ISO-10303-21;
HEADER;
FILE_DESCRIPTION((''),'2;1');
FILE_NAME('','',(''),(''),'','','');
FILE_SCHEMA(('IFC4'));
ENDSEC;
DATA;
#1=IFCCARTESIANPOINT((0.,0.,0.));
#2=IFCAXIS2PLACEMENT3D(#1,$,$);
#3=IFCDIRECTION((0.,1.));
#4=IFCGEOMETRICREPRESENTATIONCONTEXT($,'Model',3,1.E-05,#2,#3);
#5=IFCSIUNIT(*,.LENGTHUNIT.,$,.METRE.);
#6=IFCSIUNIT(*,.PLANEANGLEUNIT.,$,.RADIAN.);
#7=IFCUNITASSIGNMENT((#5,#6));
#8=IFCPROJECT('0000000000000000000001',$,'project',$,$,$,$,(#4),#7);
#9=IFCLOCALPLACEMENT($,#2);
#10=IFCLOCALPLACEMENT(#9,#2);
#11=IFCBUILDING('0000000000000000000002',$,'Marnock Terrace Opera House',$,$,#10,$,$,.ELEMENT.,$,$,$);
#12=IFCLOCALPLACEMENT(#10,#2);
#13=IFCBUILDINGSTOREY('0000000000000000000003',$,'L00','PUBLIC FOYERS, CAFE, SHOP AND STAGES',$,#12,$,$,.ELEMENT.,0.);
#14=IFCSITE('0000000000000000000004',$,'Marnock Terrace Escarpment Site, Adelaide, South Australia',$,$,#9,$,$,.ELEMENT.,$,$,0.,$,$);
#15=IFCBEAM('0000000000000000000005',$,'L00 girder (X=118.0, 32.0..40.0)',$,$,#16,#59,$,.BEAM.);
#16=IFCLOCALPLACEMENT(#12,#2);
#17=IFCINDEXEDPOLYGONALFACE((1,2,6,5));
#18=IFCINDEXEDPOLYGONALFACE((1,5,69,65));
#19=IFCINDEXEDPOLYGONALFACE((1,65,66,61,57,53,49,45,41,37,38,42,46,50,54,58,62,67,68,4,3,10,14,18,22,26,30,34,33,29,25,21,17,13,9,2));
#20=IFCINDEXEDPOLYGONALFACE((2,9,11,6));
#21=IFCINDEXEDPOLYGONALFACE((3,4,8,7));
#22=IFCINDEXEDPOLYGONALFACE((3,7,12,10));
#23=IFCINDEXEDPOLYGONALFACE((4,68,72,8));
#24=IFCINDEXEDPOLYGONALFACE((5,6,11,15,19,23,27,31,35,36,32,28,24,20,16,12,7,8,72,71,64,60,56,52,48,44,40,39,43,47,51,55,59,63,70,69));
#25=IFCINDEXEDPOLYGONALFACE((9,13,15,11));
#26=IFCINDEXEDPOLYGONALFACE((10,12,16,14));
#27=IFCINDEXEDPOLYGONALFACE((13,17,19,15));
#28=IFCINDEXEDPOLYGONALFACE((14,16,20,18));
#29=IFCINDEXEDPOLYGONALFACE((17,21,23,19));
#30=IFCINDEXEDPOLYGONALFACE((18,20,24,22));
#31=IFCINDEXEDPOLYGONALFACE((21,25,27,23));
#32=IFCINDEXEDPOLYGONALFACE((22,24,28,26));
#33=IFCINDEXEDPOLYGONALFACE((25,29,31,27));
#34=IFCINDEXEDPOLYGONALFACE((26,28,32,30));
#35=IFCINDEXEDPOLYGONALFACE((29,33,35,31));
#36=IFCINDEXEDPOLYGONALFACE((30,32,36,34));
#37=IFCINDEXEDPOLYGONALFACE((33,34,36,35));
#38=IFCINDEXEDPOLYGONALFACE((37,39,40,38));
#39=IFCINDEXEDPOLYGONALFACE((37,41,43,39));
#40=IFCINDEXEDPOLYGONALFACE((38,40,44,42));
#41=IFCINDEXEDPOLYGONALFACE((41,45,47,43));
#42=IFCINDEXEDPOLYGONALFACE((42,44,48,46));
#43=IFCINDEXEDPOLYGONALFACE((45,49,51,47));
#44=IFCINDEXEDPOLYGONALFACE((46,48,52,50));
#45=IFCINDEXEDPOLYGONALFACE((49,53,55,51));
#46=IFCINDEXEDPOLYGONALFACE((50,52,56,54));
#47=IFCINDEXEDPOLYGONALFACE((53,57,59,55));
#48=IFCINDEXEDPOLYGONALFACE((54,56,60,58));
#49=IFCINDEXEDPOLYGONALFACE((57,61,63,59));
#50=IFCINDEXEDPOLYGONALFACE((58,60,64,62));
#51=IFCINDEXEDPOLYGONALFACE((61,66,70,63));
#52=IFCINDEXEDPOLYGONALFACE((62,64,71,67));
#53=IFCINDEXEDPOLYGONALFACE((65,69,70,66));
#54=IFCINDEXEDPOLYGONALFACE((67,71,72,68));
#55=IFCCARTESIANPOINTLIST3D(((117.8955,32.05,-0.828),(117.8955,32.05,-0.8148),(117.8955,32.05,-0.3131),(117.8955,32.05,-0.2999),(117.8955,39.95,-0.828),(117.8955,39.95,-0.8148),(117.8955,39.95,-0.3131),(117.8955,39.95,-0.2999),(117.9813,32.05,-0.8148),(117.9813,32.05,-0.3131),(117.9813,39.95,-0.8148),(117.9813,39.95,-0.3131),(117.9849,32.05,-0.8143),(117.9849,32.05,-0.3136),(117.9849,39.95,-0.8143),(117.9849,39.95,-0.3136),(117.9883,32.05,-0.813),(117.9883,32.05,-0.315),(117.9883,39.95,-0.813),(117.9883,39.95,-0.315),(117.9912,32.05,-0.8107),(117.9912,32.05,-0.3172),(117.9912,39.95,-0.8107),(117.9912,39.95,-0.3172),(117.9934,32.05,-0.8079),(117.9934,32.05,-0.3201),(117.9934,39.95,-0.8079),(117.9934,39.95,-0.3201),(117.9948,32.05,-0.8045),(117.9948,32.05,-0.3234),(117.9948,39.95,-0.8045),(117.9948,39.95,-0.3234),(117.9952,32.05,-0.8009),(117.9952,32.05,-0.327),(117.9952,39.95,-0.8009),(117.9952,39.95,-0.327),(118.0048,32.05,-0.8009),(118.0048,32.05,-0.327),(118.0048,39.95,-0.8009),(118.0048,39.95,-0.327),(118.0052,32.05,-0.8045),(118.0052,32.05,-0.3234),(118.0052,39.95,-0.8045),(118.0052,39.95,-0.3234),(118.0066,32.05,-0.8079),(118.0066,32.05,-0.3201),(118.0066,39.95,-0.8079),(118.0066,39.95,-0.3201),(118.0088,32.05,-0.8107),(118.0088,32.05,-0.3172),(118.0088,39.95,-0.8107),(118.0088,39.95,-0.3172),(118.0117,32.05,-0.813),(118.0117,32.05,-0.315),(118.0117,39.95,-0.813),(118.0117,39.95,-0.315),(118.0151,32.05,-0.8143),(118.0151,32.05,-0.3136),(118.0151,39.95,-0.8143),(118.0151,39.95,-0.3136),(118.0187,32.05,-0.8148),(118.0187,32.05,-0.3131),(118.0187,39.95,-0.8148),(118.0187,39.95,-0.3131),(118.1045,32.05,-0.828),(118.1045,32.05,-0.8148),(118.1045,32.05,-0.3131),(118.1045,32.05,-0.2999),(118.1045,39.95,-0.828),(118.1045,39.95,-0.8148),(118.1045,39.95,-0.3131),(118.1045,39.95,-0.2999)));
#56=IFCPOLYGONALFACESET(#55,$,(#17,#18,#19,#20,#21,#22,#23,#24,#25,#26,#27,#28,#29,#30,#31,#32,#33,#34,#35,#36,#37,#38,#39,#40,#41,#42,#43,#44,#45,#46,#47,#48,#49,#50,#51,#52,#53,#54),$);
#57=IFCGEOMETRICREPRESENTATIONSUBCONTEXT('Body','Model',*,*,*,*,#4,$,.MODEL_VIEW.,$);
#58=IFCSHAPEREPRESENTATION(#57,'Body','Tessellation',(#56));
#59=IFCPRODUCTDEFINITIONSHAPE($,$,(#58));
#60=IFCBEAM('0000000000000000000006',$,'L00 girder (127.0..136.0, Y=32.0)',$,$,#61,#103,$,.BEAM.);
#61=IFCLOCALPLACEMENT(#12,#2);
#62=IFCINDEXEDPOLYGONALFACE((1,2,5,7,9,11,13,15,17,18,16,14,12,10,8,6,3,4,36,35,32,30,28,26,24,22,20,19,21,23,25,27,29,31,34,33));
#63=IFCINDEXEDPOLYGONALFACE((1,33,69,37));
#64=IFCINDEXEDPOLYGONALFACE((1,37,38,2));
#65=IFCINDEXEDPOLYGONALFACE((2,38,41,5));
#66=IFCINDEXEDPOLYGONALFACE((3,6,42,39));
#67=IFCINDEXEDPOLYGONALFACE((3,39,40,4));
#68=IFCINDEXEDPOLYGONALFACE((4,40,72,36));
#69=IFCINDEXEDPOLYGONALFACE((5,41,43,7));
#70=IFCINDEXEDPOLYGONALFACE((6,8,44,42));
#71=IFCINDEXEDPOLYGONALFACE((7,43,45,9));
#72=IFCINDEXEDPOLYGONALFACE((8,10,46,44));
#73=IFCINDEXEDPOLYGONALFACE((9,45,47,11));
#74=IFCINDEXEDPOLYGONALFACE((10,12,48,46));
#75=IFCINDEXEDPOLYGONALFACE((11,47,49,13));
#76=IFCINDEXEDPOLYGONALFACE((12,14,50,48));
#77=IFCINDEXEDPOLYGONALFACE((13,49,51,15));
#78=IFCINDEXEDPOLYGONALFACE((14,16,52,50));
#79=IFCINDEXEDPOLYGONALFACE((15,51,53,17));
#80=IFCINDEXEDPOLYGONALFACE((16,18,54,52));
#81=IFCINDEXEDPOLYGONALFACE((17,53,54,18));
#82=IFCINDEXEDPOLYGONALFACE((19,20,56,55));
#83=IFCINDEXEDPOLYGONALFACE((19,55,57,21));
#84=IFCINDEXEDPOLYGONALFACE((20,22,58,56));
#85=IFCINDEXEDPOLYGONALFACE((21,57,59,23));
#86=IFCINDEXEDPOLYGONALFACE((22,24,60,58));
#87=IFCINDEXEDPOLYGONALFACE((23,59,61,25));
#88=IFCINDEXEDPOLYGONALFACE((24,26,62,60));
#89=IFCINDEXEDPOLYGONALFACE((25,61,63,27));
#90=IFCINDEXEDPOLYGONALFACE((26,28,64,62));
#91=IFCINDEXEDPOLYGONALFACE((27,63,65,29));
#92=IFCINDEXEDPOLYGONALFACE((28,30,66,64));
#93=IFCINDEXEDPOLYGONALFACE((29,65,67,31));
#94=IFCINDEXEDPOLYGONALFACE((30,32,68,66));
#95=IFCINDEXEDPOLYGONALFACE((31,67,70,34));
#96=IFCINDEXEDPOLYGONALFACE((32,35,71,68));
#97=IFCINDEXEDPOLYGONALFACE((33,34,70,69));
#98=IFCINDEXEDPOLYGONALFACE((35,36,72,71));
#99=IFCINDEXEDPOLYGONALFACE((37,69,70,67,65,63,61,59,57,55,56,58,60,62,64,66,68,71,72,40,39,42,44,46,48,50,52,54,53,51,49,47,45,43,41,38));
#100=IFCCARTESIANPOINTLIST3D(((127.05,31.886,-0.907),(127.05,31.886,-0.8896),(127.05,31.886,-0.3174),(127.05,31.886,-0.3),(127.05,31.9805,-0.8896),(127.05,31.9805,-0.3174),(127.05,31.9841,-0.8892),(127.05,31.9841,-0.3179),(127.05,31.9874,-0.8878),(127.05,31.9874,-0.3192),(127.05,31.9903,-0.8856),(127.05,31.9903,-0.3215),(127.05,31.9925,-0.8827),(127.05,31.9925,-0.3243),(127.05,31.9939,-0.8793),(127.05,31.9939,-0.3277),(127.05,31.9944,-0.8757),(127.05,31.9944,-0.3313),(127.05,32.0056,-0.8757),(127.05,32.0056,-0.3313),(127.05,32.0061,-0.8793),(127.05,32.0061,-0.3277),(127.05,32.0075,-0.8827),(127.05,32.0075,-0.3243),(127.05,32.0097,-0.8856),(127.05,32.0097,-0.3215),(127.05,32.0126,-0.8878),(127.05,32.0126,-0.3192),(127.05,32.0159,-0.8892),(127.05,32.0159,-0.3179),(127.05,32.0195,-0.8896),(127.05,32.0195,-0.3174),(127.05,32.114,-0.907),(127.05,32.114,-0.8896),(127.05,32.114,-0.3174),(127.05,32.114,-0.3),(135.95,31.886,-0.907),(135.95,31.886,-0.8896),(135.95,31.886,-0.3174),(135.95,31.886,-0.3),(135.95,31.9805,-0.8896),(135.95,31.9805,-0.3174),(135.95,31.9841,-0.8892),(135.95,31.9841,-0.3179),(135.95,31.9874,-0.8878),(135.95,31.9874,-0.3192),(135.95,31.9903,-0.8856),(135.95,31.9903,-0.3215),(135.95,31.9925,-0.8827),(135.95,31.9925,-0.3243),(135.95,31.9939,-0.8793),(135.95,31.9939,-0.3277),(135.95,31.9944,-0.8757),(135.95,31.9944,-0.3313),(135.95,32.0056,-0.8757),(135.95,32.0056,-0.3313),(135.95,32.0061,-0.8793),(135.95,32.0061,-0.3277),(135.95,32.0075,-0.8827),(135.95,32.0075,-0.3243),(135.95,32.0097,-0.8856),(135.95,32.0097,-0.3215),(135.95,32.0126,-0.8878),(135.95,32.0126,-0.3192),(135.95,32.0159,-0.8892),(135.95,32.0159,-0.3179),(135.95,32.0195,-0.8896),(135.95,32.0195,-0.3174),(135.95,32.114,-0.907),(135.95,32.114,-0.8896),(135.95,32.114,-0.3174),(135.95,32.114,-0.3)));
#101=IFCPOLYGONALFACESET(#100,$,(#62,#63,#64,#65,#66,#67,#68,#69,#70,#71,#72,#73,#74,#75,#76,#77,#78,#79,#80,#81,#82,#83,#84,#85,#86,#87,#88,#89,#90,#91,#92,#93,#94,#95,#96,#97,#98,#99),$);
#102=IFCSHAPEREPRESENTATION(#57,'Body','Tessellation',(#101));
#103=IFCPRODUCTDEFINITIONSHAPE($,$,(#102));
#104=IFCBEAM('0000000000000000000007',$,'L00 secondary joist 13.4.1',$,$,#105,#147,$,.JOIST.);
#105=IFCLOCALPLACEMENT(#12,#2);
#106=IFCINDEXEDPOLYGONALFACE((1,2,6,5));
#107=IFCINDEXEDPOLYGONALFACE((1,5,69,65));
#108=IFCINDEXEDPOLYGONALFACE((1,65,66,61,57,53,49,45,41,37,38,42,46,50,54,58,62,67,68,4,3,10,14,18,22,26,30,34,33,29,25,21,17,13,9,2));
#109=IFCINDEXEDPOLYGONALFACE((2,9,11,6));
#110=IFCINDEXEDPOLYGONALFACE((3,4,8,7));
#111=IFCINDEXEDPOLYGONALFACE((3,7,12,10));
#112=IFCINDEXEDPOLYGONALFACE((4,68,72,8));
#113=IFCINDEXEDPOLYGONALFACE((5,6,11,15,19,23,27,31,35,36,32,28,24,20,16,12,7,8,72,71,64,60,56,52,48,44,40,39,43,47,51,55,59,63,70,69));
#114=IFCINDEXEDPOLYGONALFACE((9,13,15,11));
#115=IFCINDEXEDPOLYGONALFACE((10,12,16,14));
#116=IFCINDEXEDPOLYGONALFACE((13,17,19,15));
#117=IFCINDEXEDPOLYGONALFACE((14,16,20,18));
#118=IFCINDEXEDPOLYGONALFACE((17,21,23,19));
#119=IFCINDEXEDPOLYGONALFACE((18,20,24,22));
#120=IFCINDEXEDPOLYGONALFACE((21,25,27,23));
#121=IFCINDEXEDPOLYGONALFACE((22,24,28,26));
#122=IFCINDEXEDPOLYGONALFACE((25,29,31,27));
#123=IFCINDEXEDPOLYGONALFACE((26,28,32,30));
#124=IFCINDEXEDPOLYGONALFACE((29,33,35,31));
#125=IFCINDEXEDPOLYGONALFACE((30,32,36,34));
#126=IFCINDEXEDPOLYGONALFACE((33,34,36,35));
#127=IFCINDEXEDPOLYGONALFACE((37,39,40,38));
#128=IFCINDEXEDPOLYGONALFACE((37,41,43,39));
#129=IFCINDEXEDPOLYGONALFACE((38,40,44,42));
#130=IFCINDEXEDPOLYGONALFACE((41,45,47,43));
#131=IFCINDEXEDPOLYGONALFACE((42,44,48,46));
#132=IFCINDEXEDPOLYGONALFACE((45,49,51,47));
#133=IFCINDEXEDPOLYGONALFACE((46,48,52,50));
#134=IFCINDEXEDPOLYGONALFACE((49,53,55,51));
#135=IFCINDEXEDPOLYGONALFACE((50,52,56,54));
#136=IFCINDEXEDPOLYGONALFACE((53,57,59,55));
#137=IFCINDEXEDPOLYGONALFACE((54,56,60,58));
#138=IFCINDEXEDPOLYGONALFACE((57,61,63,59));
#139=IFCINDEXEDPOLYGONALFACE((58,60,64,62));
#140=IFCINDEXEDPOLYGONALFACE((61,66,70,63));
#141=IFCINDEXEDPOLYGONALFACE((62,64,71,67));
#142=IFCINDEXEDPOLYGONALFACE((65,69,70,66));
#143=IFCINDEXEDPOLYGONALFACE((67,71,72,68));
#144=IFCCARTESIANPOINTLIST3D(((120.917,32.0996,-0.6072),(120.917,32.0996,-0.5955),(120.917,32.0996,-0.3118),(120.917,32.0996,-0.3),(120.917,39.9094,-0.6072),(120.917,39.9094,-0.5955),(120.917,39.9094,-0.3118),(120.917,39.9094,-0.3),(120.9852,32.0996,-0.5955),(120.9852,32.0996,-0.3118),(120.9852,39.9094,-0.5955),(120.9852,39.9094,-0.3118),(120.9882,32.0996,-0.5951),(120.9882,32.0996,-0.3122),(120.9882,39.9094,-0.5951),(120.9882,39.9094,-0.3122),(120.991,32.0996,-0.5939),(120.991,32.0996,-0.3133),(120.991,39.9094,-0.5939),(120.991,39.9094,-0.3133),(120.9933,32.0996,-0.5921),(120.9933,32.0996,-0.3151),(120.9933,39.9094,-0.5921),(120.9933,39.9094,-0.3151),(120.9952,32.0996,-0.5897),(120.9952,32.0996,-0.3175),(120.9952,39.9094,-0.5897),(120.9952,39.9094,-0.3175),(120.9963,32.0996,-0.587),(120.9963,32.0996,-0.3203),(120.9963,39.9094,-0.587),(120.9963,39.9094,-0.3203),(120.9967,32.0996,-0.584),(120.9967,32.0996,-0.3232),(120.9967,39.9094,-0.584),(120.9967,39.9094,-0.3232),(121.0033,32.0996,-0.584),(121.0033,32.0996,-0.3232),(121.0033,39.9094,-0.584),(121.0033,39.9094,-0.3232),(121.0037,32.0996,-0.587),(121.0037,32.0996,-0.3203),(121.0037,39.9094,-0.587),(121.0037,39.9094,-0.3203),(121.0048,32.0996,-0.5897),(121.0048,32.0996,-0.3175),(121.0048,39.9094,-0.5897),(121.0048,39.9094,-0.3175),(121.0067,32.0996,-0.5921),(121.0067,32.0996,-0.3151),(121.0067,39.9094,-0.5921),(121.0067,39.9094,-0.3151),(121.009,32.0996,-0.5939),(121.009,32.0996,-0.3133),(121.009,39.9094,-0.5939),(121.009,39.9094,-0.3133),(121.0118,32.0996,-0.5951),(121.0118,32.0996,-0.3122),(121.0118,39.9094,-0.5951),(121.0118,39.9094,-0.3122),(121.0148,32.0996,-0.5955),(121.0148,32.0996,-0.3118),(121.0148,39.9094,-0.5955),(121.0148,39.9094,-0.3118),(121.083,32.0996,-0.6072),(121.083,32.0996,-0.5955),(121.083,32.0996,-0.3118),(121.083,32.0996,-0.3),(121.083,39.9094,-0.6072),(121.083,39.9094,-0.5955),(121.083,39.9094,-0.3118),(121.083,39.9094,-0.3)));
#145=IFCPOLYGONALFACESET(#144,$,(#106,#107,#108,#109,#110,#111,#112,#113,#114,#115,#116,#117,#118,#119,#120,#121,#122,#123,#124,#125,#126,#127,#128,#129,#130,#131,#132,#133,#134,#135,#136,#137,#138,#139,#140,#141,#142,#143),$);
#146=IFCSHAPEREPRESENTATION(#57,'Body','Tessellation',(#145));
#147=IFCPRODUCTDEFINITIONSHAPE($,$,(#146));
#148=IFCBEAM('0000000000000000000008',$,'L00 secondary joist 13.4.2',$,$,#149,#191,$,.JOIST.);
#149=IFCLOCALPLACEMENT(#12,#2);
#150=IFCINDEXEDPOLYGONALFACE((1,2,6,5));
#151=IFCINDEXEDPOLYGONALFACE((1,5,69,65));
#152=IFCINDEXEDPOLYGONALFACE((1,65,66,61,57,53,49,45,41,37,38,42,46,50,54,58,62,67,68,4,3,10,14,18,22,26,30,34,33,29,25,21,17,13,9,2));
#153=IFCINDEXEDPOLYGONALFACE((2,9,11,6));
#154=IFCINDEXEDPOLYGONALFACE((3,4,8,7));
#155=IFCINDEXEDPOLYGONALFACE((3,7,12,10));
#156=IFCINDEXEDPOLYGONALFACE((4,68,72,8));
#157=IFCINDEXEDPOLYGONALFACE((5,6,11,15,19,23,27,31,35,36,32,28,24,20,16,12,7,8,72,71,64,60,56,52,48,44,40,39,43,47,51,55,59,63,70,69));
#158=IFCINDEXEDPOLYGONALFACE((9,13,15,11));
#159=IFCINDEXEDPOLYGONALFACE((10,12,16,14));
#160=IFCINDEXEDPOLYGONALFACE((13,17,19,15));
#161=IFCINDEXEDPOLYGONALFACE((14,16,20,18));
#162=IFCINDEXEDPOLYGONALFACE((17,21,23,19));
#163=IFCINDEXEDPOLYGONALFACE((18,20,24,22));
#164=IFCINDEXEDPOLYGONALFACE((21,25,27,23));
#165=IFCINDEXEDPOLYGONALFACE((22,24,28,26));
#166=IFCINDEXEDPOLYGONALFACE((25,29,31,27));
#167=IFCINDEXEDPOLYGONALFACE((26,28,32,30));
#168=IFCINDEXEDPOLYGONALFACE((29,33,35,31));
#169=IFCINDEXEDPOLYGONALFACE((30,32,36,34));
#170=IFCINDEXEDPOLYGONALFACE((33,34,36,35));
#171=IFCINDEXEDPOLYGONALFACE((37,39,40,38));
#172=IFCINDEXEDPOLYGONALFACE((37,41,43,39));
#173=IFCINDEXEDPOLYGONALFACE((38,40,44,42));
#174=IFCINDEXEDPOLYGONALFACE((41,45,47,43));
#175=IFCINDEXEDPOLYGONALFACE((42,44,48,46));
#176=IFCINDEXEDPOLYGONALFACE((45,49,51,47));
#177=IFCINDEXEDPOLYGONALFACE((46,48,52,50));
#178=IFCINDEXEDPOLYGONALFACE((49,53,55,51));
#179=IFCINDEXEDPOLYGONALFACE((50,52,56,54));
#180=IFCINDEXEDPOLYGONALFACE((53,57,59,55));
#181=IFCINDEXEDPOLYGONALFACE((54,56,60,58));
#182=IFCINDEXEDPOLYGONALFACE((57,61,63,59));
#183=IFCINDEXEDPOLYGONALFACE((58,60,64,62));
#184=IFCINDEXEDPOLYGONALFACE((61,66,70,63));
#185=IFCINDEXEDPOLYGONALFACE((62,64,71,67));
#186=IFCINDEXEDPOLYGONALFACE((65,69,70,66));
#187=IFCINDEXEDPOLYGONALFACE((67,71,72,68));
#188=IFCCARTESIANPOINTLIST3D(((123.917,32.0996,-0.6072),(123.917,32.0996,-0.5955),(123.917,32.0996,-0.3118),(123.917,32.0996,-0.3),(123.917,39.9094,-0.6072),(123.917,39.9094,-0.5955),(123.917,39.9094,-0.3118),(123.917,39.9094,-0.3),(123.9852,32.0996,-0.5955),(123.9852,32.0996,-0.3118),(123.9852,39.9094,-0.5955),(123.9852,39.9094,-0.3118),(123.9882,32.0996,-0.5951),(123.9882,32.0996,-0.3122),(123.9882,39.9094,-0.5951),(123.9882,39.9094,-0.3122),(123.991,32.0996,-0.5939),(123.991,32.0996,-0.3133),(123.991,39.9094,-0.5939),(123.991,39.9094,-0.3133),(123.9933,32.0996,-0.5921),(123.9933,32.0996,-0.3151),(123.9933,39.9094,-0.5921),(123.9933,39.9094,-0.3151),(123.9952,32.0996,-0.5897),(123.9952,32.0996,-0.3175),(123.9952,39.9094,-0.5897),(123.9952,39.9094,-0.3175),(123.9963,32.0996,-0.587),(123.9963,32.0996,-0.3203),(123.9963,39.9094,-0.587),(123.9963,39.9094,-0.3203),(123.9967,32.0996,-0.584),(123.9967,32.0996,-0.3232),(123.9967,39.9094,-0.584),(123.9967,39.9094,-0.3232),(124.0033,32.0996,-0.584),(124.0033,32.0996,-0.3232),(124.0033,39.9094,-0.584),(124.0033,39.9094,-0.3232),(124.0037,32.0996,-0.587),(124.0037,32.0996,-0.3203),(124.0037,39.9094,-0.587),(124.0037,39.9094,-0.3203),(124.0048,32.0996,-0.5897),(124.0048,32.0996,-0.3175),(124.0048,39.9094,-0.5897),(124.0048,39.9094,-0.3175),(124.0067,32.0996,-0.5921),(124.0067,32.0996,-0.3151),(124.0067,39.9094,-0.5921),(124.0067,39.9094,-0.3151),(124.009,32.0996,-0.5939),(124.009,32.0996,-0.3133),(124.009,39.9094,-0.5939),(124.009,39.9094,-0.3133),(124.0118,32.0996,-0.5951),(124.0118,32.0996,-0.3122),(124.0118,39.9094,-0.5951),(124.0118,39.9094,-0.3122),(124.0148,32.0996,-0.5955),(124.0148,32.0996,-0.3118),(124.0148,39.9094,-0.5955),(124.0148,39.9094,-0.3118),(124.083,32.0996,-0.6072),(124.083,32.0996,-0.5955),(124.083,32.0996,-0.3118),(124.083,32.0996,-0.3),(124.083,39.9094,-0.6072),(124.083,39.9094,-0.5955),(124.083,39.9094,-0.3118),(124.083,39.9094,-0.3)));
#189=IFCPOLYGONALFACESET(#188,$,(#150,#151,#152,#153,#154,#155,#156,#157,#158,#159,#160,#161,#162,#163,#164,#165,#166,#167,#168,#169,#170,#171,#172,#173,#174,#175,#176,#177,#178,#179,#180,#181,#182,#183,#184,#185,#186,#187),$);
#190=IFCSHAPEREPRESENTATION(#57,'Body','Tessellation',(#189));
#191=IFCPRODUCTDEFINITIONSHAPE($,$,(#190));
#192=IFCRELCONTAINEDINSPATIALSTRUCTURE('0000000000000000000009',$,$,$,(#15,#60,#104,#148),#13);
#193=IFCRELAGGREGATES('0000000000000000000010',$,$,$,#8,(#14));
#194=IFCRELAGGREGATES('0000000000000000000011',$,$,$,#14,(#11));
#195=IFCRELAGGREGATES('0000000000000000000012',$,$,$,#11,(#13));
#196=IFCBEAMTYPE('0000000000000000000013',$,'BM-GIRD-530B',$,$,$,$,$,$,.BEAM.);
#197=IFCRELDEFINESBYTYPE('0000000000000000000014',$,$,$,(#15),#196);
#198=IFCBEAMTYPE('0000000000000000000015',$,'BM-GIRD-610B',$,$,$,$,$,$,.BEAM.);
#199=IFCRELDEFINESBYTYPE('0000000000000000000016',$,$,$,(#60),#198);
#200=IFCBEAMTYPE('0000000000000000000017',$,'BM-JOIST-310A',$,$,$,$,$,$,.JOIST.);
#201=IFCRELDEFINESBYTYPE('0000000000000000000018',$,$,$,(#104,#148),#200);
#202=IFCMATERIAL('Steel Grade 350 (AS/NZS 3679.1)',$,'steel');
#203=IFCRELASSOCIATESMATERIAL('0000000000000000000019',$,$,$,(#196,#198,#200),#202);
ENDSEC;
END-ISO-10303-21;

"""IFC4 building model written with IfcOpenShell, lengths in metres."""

from ifc_helpers import new_model, si_unit, direction, frame, origin, origin_2d, place, context, subcontext, project, spatial, i_section, extrude, material, material_profile, profile_set, type_object, element, save


model = new_model("IFC4")

# Units and contexts
model_context = context("Model", 3, precision=1e-05, world=origin(), true_north=direction((0.0, 1.0)))
body_context = subcontext(model_context, "Body", "Model", "MODEL_VIEW")
ifc_project = project(units=[si_unit("LENGTHUNIT", "METRE"), si_unit("PLANEANGLEUNIT", "RADIAN")], contexts=[model_context])

# Site, building, storey
site_placement = place(None, origin())
site = spatial("IfcSite", under=ifc_project, at=site_placement, Name="Marnock Terrace Escarpment Site, Adelaide, South Australia", CompositionType="ELEMENT", RefElevation=0.0)
building_placement = place(site_placement, origin())
building = spatial("IfcBuilding", under=site, at=building_placement, Name="Marnock Terrace Opera House", CompositionType="ELEMENT")
storey_placement = place(building_placement, origin())
storey = spatial("IfcBuildingStorey", under=building, at=storey_placement, Name="L00", Description="PUBLIC FOYERS, CAFE, SHOP AND STAGES", CompositionType="ELEMENT", Elevation=0.0)

# Shared definitions
ifc_material_1 = material(Name="Steel Grade 350 (AS/NZS 3679.1)", Category="steel")

# Beams
ifc_material_profile_1 = material_profile(ifc_material_1, i_section(OverallWidth=0.209, OverallDepth=0.5281, WebThickness=0.0095, FlangeThickness=0.0132, FilletRadius=0.0139, at=origin_2d()))
ifc_profile_set_1 = profile_set([ifc_material_profile_1], Name="Steel Grade 350 (AS/NZS 3679.1)")
beam_type_1 = type_object("IfcBeamType", Name="BM-GIRD-530B", PredefinedType="BEAM", material=ifc_profile_set_1)
beam_1_placement = place(storey_placement, frame((118.0, 32.05, -0.564), z_axis=(0.0, 1.0, 0.0), x_axis=(-1.0, 0.0, 0.0)))
element("IfcBeam", 1, at=beam_1_placement, inside=storey, type_object=beam_type_1, Name="L00 girder (X=118.0, 32.0..40.0)", PredefinedType="BEAM", context=body_context, shape_type="SweptSolid", body=[
    extrude(i_section(OverallWidth=0.209, OverallDepth=0.5281, WebThickness=0.0095, FlangeThickness=0.0132, FilletRadius=0.0139, at=origin_2d()), origin(), (0.0, 0.0, 1.0), 7.8999),
])
ifc_material_profile_2 = material_profile(ifc_material_1, i_section(OverallWidth=0.228, OverallDepth=0.6069, WebThickness=0.0112, FlangeThickness=0.0173, FilletRadius=0.0139, at=origin_2d()))
ifc_profile_set_2 = profile_set([ifc_material_profile_2], Name="Steel Grade 350 (AS/NZS 3679.1)")
beam_type_2 = type_object("IfcBeamType", Name="BM-GIRD-610B", PredefinedType="BEAM", material=ifc_profile_set_2)
beam_2_placement = place(storey_placement, frame((127.05, 32.0, -0.6035), z_axis=(1.0, 0.0, 0.0), x_axis=(0.0, 1.0, 0.0)))
element("IfcBeam", 2, at=beam_2_placement, inside=storey, type_object=beam_type_2, Name="L00 girder (127.0..136.0, Y=32.0)", PredefinedType="BEAM", context=body_context, shape_type="SweptSolid", body=[
    extrude(i_section(OverallWidth=0.228, OverallDepth=0.6069, WebThickness=0.0112, FlangeThickness=0.0173, FilletRadius=0.0139, at=origin_2d()), origin(), (0.0, 0.0, 1.0), 8.8999),
])
ifc_material_profile_3 = material_profile(ifc_material_1, i_section(OverallWidth=0.166, OverallDepth=0.3071, WebThickness=0.0066, FlangeThickness=0.0117, FilletRadius=0.0115, at=origin_2d()))
ifc_profile_set_3 = profile_set([ifc_material_profile_3], Name="Steel Grade 350 (AS/NZS 3679.1)")
beam_type_3 = type_object("IfcBeamType", Name="BM-JOIST-310A", PredefinedType="JOIST", material=ifc_profile_set_3)
for number, where, z_axis, x_axis, name in (
    (3, (121.0, 32.0996, -0.4536), (0.0, 1.0, 0.0), (-1.0, 0.0, 0.0), "L00 secondary joist 13.4.1"),
    (4, (124.0, 32.0996, -0.4536), (0.0, 1.0, 0.0), (-1.0, 0.0, 0.0), "L00 secondary joist 13.4.2"),
):
    element("IfcBeam", number, at=place(storey_placement, frame(where, z_axis=z_axis, x_axis=x_axis)), inside=storey, type_object=beam_type_3, Name=name, PredefinedType="JOIST", context=body_context, shape_type="SweptSolid", body=[
        extrude(i_section(OverallWidth=0.166, OverallDepth=0.3071, WebThickness=0.0066, FlangeThickness=0.0117, FilletRadius=0.0115, at=origin_2d()), origin(), (0.0, 0.0, 1.0), 7.8098),
    ])

save(model, "model.ifc")
